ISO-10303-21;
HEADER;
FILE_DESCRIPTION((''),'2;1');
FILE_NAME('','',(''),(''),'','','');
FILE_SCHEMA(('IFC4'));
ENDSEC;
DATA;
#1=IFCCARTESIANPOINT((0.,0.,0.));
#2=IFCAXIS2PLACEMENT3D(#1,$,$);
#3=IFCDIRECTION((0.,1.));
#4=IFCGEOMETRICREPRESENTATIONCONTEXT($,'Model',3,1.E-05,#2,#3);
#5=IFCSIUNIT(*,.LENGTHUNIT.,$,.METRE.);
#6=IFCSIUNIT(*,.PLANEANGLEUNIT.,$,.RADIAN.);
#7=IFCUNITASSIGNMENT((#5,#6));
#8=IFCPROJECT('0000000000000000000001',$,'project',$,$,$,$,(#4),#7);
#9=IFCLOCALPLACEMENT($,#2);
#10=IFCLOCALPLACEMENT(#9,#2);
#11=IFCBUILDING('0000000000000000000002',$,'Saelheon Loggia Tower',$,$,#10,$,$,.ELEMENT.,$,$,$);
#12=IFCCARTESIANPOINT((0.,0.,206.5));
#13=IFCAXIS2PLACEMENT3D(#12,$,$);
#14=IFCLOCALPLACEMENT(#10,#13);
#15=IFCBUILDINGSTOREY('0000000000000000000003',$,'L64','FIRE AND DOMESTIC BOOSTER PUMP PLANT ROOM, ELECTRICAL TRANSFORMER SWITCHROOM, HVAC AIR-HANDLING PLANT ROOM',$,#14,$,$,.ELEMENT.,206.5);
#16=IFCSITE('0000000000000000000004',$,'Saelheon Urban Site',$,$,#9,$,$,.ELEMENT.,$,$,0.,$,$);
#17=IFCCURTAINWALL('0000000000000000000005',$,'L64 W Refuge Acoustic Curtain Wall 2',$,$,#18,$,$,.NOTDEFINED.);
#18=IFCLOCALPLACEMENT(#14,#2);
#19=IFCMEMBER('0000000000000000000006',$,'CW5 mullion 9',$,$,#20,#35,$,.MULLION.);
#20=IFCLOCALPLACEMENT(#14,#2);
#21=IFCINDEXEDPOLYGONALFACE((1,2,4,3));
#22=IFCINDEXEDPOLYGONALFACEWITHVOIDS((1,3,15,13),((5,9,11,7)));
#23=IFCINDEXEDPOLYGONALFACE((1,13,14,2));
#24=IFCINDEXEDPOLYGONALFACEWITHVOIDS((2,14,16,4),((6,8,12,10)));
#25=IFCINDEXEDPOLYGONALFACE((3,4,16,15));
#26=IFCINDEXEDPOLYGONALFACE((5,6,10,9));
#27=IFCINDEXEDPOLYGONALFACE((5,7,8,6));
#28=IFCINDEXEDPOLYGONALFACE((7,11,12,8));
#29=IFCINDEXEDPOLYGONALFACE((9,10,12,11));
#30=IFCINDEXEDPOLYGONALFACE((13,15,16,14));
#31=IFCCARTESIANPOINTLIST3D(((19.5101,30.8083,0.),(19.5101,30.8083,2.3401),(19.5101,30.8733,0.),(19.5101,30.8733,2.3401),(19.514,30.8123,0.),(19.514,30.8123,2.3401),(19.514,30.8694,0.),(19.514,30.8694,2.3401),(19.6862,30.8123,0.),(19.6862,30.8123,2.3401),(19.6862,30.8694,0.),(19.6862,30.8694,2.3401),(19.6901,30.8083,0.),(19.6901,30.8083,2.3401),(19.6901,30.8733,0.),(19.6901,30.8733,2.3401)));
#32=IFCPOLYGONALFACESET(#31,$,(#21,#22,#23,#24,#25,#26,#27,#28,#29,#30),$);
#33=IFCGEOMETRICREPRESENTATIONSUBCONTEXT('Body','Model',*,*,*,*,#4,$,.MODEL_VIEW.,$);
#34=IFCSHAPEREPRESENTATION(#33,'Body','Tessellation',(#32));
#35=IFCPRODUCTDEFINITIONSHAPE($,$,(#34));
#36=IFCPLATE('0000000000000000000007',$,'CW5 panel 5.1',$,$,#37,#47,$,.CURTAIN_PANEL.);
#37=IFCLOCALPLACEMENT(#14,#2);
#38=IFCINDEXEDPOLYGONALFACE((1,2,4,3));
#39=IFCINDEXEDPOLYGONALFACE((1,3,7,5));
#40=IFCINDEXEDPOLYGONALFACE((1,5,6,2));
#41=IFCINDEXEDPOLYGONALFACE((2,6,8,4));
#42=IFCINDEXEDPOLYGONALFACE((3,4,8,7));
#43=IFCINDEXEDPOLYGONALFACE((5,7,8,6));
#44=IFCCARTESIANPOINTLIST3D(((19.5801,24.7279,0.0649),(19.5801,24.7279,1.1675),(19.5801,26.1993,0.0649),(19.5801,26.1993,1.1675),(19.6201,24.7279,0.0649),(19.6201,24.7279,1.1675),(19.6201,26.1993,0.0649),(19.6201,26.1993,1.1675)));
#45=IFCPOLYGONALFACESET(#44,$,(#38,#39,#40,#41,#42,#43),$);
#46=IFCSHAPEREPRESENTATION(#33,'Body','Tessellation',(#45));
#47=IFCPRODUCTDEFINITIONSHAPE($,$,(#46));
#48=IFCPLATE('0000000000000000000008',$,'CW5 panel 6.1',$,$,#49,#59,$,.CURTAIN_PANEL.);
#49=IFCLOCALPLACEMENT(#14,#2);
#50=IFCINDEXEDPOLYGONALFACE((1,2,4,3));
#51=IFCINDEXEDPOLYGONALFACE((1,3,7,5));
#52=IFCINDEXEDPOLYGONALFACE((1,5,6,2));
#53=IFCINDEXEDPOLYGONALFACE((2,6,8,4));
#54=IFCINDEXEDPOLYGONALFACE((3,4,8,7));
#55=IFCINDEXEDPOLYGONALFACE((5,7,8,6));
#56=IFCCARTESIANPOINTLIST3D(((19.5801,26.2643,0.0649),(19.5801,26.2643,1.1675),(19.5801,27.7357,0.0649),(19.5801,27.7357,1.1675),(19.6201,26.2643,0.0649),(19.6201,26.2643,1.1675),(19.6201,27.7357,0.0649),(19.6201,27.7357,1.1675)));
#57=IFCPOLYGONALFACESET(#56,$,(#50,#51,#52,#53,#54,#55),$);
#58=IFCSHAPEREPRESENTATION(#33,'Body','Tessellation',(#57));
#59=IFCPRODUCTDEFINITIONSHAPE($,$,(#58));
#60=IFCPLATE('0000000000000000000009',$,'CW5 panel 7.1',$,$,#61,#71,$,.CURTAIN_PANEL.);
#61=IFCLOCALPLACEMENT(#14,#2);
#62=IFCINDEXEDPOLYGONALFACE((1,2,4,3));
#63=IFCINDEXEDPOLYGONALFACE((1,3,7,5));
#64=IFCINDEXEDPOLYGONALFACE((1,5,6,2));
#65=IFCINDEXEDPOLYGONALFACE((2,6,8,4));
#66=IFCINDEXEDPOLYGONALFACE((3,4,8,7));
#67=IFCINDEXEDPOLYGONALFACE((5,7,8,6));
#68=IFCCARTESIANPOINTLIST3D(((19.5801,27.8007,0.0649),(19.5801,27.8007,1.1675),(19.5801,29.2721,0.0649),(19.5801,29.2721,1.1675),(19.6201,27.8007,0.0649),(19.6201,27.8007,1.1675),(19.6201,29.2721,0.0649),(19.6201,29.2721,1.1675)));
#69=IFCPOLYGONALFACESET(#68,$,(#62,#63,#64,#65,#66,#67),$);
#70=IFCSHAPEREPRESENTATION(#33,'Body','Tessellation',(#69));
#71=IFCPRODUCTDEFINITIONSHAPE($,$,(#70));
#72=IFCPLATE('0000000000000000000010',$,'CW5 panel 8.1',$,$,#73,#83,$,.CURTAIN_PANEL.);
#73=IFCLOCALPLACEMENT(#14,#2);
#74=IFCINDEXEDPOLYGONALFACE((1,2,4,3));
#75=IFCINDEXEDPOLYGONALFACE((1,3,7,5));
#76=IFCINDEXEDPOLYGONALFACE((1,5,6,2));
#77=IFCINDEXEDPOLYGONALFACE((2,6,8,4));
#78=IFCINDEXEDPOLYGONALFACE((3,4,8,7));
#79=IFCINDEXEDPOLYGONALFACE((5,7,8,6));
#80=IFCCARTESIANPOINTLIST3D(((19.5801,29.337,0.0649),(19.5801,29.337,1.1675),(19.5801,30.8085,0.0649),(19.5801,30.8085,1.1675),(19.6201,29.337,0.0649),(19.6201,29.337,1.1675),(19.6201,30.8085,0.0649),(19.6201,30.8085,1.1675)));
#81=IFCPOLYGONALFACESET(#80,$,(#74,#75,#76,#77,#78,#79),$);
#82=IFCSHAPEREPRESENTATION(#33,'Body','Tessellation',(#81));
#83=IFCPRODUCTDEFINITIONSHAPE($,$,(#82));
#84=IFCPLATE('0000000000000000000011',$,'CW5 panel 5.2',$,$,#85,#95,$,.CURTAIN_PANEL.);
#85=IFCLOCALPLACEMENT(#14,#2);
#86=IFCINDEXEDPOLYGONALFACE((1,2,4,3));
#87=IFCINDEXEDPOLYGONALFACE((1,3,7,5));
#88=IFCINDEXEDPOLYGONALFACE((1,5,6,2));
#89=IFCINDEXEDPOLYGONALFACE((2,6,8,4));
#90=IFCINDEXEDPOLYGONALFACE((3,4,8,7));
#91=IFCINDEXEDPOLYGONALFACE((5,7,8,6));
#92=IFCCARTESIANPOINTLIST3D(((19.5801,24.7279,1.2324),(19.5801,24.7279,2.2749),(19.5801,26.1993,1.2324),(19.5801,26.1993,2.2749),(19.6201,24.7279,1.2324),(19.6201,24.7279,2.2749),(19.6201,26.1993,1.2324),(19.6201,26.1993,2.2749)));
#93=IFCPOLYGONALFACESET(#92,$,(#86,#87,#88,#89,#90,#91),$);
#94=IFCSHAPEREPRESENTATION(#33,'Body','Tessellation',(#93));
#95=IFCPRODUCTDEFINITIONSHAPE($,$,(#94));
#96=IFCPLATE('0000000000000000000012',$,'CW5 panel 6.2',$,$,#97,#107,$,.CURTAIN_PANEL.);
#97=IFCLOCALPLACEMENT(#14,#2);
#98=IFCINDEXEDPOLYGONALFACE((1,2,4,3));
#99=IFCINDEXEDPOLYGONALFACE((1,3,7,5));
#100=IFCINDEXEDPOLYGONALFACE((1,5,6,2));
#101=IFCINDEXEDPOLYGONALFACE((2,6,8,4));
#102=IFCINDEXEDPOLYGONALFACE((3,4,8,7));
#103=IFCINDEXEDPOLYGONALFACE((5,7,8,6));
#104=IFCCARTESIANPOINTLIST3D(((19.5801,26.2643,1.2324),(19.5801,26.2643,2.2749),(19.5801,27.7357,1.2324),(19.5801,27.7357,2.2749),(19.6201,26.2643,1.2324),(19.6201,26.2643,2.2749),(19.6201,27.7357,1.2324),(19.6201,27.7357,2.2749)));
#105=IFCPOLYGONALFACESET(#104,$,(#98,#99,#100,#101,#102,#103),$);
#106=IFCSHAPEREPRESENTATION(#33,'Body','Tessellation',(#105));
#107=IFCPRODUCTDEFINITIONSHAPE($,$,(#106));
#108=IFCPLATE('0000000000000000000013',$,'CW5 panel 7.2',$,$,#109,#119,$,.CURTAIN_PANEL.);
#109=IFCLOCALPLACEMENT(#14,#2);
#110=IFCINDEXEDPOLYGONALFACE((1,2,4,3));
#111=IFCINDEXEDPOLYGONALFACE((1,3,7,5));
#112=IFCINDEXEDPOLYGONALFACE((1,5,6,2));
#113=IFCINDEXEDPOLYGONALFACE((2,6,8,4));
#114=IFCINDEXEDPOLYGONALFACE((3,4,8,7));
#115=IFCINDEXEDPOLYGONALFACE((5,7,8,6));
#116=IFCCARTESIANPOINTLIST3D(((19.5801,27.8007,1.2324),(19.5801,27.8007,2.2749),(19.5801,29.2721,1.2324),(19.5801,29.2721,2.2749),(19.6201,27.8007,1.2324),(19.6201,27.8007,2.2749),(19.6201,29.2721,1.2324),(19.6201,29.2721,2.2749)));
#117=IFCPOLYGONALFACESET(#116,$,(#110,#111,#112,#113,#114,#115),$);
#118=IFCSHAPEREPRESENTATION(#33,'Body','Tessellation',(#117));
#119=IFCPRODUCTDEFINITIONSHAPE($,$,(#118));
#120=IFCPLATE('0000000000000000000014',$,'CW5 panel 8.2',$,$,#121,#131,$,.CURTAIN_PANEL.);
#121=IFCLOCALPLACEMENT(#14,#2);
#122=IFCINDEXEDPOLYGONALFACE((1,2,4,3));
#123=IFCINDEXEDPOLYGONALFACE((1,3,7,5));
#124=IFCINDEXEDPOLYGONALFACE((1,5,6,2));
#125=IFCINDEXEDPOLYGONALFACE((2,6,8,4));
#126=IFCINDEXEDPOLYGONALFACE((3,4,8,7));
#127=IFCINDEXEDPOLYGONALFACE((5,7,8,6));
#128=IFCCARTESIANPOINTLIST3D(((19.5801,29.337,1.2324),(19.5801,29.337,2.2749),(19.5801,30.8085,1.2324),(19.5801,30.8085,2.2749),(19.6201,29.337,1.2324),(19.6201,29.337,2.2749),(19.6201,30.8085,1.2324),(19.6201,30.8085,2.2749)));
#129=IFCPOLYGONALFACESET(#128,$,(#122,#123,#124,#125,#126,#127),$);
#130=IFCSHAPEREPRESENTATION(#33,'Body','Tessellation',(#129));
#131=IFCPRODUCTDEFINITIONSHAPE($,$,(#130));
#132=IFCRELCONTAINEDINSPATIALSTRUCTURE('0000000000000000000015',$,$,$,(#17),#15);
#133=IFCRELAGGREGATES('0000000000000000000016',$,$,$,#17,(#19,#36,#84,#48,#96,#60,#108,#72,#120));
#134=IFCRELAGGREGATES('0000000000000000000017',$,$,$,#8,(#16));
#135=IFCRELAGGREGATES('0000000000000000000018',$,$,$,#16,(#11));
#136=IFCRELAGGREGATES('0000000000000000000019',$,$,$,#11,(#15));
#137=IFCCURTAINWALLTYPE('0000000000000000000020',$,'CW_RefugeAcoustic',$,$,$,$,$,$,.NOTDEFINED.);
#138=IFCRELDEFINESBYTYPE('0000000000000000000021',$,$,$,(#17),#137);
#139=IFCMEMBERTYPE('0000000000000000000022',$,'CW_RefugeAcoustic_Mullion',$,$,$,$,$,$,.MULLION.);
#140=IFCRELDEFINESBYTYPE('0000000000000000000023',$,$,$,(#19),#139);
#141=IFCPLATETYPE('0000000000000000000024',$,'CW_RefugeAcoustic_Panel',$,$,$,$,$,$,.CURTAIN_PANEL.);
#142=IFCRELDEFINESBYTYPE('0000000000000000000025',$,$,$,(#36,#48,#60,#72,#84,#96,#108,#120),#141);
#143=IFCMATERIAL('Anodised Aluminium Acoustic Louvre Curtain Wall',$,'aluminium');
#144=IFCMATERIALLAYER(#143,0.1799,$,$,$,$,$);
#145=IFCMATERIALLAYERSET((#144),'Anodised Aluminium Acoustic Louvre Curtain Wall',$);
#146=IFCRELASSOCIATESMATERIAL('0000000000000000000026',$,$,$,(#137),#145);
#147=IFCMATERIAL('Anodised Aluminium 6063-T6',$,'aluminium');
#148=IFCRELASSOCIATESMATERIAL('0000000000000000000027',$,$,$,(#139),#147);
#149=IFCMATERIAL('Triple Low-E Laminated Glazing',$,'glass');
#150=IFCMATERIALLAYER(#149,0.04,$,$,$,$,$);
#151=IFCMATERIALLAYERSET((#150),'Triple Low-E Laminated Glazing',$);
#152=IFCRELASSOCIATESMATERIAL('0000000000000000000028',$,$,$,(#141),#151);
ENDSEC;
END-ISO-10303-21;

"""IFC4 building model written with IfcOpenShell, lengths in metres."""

from ifc_helpers import new_model, si_unit, direction, frame, origin, origin_2d, place, context, subcontext, project, spatial, rectangle, hollow_rectangle, extrude, source, transform, mapped, material, layer, layer_set, material_profile, profile_set, type_object, element, aggregate, save


model = new_model("IFC4")

# Units and contexts
model_context = context("Model", 3, precision=1e-05, world=origin(), true_north=direction((0.0, 1.0)))
body_context = subcontext(model_context, "Body", "Model", "MODEL_VIEW")
ifc_project = project(units=[si_unit("LENGTHUNIT", "METRE"), si_unit("PLANEANGLEUNIT", "RADIAN")], contexts=[model_context])

# Site, building, storey
site_placement = place(None, origin())
site = spatial("IfcSite", under=ifc_project, at=site_placement, Name="Saelheon Urban Site", CompositionType="ELEMENT", RefElevation=0.0)
building_placement = place(site_placement, origin())
building = spatial("IfcBuilding", under=site, at=building_placement, Name="Saelheon Loggia Tower", CompositionType="ELEMENT")
storey_placement = place(building_placement, frame((0.0, 0.0, 206.5)))
storey = spatial("IfcBuildingStorey", under=building, at=storey_placement, Name="L64", Description="FIRE AND DOMESTIC BOOSTER PUMP PLANT ROOM, ELECTRICAL TRANSFORMER SWITCHROOM, HVAC AIR-HANDLING PLANT ROOM", CompositionType="ELEMENT", Elevation=206.5)

# Curtain wall, member, plates
ifc_material_1 = material(Name="Anodised Aluminium Acoustic Louvre Curtain Wall", Category="aluminium")
ifc_layer_1 = layer(ifc_material_1, 0.1799)
ifc_layer_set_1 = layer_set([ifc_layer_1], Name="Anodised Aluminium Acoustic Louvre Curtain Wall")
curtain_wall_type = type_object("IfcCurtainWallType", Name="CW_RefugeAcoustic", PredefinedType="NOTDEFINED", material=ifc_layer_set_1)
curtain_wall_placement = place(storey_placement, origin())
curtain_wall = element("IfcCurtainWall", 1, at=curtain_wall_placement, inside=storey, type_object=curtain_wall_type, Name="L64 W Refuge Acoustic Curtain Wall 2", PredefinedType="NOTDEFINED")
ifc_material_2 = material(Name="Anodised Aluminium 6063-T6", Category="aluminium")
ifc_material_profile_1 = material_profile(ifc_material_2, hollow_rectangle(XDim=0.0649, YDim=0.1799, WallThickness=0.0039, at=origin_2d()), Name="RHS-180x65x4")
ifc_profile_set_1 = profile_set([ifc_material_profile_1], Name="Anodised Aluminium 6063-T6")
member_type_1 = type_object("IfcMemberType", Name="CW_RefugeAcoustic_Mullion", PredefinedType="MULLION", material=ifc_profile_set_1)
shared_shape_1 = source(origin(), body_context, "Body", "SweptSolid", [
    extrude(hollow_rectangle(XDim=0.0649, YDim=0.1799, WallThickness=0.0039, at=origin_2d()), origin(), (0.0, 0.0, 1.0), 2.3401),
])
member_1_placement = place(storey_placement, frame((19.6001, 30.8408, 0.0), z_axis=(0.0, 0.0, 1.0), x_axis=(0.0, 1.0, 0.0)))
member_1 = element("IfcMember", 2, at=member_1_placement, type_object=member_type_1, Name="CW5 mullion 9", PredefinedType="MULLION", context=body_context, shape_type="MappedRepresentation", body=[
    mapped(shared_shape_1, transform((0.0, 0.0, 0.0), scale=1.0)),
])
ifc_material_3 = material(Name="Triple Low-E Laminated Glazing", Category="glass")
ifc_layer_2 = layer(ifc_material_3, 0.04)
ifc_layer_set_2 = layer_set([ifc_layer_2], Name="Triple Low-E Laminated Glazing")
plate_type = type_object("IfcPlateType", Name="CW_RefugeAcoustic_Panel", PredefinedType="CURTAIN_PANEL", material=ifc_layer_set_2)
shared_shape_2 = source(origin(), body_context, "Body", "SweptSolid", [
    extrude(rectangle(XDim=1.4714, YDim=0.04, at=origin_2d()), origin(), (0.0, 0.0, 1.0), 1.1025),
])
plate_1_placement = place(storey_placement, frame((19.6001, 25.4636, 0.0649), z_axis=(0.0, 0.0, 1.0), x_axis=(0.0, 1.0, 0.0)))
plate_1 = element("IfcPlate", 3, at=plate_1_placement, type_object=plate_type, Name="CW5 panel 5.1", PredefinedType="CURTAIN_PANEL", context=body_context, shape_type="MappedRepresentation", body=[
    mapped(shared_shape_2, transform((0.0, 0.0, 0.0), scale=1.0)),
])
plate_2_placement = place(storey_placement, frame((19.6001, 27.0, 0.0649), z_axis=(0.0, 0.0, 1.0), x_axis=(0.0, 1.0, 0.0)))
plate_2 = element("IfcPlate", 4, at=plate_2_placement, type_object=plate_type, Name="CW5 panel 6.1", PredefinedType="CURTAIN_PANEL", context=body_context, shape_type="MappedRepresentation", body=[
    mapped(shared_shape_2, transform((0.0, 0.0, 0.0), scale=1.0)),
])
plate_3_placement = place(storey_placement, frame((19.6001, 28.5364, 0.0649), z_axis=(0.0, 0.0, 1.0), x_axis=(0.0, 1.0, 0.0)))
plate_3 = element("IfcPlate", 5, at=plate_3_placement, type_object=plate_type, Name="CW5 panel 7.1", PredefinedType="CURTAIN_PANEL", context=body_context, shape_type="MappedRepresentation", body=[
    mapped(shared_shape_2, transform((0.0, 0.0, 0.0), scale=1.0)),
])
plate_4_placement = place(storey_placement, frame((19.6001, 30.0728, 0.0649), z_axis=(0.0, 0.0, 1.0), x_axis=(0.0, 1.0, 0.0)))
plate_4 = element("IfcPlate", 6, at=plate_4_placement, type_object=plate_type, Name="CW5 panel 8.1", PredefinedType="CURTAIN_PANEL", context=body_context, shape_type="MappedRepresentation", body=[
    mapped(shared_shape_2, transform((0.0, 0.0, 0.0), scale=1.0)),
])
shared_shape_3 = source(origin(), body_context, "Body", "SweptSolid", [
    extrude(rectangle(XDim=1.4714, YDim=0.04, at=origin_2d()), origin(), (0.0, 0.0, 1.0), 1.0425),
])
plate_5_placement = place(storey_placement, frame((19.6001, 25.4636, 1.2324), z_axis=(0.0, 0.0, 1.0), x_axis=(0.0, 1.0, 0.0)))
plate_5 = element("IfcPlate", 7, at=plate_5_placement, type_object=plate_type, Name="CW5 panel 5.2", PredefinedType="CURTAIN_PANEL", context=body_context, shape_type="MappedRepresentation", body=[
    mapped(shared_shape_3, transform((0.0, 0.0, 0.0), scale=1.0)),
])
plate_6_placement = place(storey_placement, frame((19.6001, 27.0, 1.2324), z_axis=(0.0, 0.0, 1.0), x_axis=(0.0, 1.0, 0.0)))
plate_6 = element("IfcPlate", 8, at=plate_6_placement, type_object=plate_type, Name="CW5 panel 6.2", PredefinedType="CURTAIN_PANEL", context=body_context, shape_type="MappedRepresentation", body=[
    mapped(shared_shape_3, transform((0.0, 0.0, 0.0), scale=1.0)),
])
plate_7_placement = place(storey_placement, frame((19.6001, 28.5364, 1.2324), z_axis=(0.0, 0.0, 1.0), x_axis=(0.0, 1.0, 0.0)))
plate_7 = element("IfcPlate", 9, at=plate_7_placement, type_object=plate_type, Name="CW5 panel 7.2", PredefinedType="CURTAIN_PANEL", context=body_context, shape_type="MappedRepresentation", body=[
    mapped(shared_shape_3, transform((0.0, 0.0, 0.0), scale=1.0)),
])
plate_8_placement = place(storey_placement, frame((19.6001, 30.0728, 1.2324), z_axis=(0.0, 0.0, 1.0), x_axis=(0.0, 1.0, 0.0)))
plate_8 = element("IfcPlate", 10, at=plate_8_placement, type_object=plate_type, Name="CW5 panel 8.2", PredefinedType="CURTAIN_PANEL", context=body_context, shape_type="MappedRepresentation", body=[
    mapped(shared_shape_3, transform((0.0, 0.0, 0.0), scale=1.0)),
])
aggregate(curtain_wall, [member_1, plate_1, plate_5, plate_2, plate_6, plate_3, plate_7, plate_4, plate_8])

save(model, "model.ifc")
